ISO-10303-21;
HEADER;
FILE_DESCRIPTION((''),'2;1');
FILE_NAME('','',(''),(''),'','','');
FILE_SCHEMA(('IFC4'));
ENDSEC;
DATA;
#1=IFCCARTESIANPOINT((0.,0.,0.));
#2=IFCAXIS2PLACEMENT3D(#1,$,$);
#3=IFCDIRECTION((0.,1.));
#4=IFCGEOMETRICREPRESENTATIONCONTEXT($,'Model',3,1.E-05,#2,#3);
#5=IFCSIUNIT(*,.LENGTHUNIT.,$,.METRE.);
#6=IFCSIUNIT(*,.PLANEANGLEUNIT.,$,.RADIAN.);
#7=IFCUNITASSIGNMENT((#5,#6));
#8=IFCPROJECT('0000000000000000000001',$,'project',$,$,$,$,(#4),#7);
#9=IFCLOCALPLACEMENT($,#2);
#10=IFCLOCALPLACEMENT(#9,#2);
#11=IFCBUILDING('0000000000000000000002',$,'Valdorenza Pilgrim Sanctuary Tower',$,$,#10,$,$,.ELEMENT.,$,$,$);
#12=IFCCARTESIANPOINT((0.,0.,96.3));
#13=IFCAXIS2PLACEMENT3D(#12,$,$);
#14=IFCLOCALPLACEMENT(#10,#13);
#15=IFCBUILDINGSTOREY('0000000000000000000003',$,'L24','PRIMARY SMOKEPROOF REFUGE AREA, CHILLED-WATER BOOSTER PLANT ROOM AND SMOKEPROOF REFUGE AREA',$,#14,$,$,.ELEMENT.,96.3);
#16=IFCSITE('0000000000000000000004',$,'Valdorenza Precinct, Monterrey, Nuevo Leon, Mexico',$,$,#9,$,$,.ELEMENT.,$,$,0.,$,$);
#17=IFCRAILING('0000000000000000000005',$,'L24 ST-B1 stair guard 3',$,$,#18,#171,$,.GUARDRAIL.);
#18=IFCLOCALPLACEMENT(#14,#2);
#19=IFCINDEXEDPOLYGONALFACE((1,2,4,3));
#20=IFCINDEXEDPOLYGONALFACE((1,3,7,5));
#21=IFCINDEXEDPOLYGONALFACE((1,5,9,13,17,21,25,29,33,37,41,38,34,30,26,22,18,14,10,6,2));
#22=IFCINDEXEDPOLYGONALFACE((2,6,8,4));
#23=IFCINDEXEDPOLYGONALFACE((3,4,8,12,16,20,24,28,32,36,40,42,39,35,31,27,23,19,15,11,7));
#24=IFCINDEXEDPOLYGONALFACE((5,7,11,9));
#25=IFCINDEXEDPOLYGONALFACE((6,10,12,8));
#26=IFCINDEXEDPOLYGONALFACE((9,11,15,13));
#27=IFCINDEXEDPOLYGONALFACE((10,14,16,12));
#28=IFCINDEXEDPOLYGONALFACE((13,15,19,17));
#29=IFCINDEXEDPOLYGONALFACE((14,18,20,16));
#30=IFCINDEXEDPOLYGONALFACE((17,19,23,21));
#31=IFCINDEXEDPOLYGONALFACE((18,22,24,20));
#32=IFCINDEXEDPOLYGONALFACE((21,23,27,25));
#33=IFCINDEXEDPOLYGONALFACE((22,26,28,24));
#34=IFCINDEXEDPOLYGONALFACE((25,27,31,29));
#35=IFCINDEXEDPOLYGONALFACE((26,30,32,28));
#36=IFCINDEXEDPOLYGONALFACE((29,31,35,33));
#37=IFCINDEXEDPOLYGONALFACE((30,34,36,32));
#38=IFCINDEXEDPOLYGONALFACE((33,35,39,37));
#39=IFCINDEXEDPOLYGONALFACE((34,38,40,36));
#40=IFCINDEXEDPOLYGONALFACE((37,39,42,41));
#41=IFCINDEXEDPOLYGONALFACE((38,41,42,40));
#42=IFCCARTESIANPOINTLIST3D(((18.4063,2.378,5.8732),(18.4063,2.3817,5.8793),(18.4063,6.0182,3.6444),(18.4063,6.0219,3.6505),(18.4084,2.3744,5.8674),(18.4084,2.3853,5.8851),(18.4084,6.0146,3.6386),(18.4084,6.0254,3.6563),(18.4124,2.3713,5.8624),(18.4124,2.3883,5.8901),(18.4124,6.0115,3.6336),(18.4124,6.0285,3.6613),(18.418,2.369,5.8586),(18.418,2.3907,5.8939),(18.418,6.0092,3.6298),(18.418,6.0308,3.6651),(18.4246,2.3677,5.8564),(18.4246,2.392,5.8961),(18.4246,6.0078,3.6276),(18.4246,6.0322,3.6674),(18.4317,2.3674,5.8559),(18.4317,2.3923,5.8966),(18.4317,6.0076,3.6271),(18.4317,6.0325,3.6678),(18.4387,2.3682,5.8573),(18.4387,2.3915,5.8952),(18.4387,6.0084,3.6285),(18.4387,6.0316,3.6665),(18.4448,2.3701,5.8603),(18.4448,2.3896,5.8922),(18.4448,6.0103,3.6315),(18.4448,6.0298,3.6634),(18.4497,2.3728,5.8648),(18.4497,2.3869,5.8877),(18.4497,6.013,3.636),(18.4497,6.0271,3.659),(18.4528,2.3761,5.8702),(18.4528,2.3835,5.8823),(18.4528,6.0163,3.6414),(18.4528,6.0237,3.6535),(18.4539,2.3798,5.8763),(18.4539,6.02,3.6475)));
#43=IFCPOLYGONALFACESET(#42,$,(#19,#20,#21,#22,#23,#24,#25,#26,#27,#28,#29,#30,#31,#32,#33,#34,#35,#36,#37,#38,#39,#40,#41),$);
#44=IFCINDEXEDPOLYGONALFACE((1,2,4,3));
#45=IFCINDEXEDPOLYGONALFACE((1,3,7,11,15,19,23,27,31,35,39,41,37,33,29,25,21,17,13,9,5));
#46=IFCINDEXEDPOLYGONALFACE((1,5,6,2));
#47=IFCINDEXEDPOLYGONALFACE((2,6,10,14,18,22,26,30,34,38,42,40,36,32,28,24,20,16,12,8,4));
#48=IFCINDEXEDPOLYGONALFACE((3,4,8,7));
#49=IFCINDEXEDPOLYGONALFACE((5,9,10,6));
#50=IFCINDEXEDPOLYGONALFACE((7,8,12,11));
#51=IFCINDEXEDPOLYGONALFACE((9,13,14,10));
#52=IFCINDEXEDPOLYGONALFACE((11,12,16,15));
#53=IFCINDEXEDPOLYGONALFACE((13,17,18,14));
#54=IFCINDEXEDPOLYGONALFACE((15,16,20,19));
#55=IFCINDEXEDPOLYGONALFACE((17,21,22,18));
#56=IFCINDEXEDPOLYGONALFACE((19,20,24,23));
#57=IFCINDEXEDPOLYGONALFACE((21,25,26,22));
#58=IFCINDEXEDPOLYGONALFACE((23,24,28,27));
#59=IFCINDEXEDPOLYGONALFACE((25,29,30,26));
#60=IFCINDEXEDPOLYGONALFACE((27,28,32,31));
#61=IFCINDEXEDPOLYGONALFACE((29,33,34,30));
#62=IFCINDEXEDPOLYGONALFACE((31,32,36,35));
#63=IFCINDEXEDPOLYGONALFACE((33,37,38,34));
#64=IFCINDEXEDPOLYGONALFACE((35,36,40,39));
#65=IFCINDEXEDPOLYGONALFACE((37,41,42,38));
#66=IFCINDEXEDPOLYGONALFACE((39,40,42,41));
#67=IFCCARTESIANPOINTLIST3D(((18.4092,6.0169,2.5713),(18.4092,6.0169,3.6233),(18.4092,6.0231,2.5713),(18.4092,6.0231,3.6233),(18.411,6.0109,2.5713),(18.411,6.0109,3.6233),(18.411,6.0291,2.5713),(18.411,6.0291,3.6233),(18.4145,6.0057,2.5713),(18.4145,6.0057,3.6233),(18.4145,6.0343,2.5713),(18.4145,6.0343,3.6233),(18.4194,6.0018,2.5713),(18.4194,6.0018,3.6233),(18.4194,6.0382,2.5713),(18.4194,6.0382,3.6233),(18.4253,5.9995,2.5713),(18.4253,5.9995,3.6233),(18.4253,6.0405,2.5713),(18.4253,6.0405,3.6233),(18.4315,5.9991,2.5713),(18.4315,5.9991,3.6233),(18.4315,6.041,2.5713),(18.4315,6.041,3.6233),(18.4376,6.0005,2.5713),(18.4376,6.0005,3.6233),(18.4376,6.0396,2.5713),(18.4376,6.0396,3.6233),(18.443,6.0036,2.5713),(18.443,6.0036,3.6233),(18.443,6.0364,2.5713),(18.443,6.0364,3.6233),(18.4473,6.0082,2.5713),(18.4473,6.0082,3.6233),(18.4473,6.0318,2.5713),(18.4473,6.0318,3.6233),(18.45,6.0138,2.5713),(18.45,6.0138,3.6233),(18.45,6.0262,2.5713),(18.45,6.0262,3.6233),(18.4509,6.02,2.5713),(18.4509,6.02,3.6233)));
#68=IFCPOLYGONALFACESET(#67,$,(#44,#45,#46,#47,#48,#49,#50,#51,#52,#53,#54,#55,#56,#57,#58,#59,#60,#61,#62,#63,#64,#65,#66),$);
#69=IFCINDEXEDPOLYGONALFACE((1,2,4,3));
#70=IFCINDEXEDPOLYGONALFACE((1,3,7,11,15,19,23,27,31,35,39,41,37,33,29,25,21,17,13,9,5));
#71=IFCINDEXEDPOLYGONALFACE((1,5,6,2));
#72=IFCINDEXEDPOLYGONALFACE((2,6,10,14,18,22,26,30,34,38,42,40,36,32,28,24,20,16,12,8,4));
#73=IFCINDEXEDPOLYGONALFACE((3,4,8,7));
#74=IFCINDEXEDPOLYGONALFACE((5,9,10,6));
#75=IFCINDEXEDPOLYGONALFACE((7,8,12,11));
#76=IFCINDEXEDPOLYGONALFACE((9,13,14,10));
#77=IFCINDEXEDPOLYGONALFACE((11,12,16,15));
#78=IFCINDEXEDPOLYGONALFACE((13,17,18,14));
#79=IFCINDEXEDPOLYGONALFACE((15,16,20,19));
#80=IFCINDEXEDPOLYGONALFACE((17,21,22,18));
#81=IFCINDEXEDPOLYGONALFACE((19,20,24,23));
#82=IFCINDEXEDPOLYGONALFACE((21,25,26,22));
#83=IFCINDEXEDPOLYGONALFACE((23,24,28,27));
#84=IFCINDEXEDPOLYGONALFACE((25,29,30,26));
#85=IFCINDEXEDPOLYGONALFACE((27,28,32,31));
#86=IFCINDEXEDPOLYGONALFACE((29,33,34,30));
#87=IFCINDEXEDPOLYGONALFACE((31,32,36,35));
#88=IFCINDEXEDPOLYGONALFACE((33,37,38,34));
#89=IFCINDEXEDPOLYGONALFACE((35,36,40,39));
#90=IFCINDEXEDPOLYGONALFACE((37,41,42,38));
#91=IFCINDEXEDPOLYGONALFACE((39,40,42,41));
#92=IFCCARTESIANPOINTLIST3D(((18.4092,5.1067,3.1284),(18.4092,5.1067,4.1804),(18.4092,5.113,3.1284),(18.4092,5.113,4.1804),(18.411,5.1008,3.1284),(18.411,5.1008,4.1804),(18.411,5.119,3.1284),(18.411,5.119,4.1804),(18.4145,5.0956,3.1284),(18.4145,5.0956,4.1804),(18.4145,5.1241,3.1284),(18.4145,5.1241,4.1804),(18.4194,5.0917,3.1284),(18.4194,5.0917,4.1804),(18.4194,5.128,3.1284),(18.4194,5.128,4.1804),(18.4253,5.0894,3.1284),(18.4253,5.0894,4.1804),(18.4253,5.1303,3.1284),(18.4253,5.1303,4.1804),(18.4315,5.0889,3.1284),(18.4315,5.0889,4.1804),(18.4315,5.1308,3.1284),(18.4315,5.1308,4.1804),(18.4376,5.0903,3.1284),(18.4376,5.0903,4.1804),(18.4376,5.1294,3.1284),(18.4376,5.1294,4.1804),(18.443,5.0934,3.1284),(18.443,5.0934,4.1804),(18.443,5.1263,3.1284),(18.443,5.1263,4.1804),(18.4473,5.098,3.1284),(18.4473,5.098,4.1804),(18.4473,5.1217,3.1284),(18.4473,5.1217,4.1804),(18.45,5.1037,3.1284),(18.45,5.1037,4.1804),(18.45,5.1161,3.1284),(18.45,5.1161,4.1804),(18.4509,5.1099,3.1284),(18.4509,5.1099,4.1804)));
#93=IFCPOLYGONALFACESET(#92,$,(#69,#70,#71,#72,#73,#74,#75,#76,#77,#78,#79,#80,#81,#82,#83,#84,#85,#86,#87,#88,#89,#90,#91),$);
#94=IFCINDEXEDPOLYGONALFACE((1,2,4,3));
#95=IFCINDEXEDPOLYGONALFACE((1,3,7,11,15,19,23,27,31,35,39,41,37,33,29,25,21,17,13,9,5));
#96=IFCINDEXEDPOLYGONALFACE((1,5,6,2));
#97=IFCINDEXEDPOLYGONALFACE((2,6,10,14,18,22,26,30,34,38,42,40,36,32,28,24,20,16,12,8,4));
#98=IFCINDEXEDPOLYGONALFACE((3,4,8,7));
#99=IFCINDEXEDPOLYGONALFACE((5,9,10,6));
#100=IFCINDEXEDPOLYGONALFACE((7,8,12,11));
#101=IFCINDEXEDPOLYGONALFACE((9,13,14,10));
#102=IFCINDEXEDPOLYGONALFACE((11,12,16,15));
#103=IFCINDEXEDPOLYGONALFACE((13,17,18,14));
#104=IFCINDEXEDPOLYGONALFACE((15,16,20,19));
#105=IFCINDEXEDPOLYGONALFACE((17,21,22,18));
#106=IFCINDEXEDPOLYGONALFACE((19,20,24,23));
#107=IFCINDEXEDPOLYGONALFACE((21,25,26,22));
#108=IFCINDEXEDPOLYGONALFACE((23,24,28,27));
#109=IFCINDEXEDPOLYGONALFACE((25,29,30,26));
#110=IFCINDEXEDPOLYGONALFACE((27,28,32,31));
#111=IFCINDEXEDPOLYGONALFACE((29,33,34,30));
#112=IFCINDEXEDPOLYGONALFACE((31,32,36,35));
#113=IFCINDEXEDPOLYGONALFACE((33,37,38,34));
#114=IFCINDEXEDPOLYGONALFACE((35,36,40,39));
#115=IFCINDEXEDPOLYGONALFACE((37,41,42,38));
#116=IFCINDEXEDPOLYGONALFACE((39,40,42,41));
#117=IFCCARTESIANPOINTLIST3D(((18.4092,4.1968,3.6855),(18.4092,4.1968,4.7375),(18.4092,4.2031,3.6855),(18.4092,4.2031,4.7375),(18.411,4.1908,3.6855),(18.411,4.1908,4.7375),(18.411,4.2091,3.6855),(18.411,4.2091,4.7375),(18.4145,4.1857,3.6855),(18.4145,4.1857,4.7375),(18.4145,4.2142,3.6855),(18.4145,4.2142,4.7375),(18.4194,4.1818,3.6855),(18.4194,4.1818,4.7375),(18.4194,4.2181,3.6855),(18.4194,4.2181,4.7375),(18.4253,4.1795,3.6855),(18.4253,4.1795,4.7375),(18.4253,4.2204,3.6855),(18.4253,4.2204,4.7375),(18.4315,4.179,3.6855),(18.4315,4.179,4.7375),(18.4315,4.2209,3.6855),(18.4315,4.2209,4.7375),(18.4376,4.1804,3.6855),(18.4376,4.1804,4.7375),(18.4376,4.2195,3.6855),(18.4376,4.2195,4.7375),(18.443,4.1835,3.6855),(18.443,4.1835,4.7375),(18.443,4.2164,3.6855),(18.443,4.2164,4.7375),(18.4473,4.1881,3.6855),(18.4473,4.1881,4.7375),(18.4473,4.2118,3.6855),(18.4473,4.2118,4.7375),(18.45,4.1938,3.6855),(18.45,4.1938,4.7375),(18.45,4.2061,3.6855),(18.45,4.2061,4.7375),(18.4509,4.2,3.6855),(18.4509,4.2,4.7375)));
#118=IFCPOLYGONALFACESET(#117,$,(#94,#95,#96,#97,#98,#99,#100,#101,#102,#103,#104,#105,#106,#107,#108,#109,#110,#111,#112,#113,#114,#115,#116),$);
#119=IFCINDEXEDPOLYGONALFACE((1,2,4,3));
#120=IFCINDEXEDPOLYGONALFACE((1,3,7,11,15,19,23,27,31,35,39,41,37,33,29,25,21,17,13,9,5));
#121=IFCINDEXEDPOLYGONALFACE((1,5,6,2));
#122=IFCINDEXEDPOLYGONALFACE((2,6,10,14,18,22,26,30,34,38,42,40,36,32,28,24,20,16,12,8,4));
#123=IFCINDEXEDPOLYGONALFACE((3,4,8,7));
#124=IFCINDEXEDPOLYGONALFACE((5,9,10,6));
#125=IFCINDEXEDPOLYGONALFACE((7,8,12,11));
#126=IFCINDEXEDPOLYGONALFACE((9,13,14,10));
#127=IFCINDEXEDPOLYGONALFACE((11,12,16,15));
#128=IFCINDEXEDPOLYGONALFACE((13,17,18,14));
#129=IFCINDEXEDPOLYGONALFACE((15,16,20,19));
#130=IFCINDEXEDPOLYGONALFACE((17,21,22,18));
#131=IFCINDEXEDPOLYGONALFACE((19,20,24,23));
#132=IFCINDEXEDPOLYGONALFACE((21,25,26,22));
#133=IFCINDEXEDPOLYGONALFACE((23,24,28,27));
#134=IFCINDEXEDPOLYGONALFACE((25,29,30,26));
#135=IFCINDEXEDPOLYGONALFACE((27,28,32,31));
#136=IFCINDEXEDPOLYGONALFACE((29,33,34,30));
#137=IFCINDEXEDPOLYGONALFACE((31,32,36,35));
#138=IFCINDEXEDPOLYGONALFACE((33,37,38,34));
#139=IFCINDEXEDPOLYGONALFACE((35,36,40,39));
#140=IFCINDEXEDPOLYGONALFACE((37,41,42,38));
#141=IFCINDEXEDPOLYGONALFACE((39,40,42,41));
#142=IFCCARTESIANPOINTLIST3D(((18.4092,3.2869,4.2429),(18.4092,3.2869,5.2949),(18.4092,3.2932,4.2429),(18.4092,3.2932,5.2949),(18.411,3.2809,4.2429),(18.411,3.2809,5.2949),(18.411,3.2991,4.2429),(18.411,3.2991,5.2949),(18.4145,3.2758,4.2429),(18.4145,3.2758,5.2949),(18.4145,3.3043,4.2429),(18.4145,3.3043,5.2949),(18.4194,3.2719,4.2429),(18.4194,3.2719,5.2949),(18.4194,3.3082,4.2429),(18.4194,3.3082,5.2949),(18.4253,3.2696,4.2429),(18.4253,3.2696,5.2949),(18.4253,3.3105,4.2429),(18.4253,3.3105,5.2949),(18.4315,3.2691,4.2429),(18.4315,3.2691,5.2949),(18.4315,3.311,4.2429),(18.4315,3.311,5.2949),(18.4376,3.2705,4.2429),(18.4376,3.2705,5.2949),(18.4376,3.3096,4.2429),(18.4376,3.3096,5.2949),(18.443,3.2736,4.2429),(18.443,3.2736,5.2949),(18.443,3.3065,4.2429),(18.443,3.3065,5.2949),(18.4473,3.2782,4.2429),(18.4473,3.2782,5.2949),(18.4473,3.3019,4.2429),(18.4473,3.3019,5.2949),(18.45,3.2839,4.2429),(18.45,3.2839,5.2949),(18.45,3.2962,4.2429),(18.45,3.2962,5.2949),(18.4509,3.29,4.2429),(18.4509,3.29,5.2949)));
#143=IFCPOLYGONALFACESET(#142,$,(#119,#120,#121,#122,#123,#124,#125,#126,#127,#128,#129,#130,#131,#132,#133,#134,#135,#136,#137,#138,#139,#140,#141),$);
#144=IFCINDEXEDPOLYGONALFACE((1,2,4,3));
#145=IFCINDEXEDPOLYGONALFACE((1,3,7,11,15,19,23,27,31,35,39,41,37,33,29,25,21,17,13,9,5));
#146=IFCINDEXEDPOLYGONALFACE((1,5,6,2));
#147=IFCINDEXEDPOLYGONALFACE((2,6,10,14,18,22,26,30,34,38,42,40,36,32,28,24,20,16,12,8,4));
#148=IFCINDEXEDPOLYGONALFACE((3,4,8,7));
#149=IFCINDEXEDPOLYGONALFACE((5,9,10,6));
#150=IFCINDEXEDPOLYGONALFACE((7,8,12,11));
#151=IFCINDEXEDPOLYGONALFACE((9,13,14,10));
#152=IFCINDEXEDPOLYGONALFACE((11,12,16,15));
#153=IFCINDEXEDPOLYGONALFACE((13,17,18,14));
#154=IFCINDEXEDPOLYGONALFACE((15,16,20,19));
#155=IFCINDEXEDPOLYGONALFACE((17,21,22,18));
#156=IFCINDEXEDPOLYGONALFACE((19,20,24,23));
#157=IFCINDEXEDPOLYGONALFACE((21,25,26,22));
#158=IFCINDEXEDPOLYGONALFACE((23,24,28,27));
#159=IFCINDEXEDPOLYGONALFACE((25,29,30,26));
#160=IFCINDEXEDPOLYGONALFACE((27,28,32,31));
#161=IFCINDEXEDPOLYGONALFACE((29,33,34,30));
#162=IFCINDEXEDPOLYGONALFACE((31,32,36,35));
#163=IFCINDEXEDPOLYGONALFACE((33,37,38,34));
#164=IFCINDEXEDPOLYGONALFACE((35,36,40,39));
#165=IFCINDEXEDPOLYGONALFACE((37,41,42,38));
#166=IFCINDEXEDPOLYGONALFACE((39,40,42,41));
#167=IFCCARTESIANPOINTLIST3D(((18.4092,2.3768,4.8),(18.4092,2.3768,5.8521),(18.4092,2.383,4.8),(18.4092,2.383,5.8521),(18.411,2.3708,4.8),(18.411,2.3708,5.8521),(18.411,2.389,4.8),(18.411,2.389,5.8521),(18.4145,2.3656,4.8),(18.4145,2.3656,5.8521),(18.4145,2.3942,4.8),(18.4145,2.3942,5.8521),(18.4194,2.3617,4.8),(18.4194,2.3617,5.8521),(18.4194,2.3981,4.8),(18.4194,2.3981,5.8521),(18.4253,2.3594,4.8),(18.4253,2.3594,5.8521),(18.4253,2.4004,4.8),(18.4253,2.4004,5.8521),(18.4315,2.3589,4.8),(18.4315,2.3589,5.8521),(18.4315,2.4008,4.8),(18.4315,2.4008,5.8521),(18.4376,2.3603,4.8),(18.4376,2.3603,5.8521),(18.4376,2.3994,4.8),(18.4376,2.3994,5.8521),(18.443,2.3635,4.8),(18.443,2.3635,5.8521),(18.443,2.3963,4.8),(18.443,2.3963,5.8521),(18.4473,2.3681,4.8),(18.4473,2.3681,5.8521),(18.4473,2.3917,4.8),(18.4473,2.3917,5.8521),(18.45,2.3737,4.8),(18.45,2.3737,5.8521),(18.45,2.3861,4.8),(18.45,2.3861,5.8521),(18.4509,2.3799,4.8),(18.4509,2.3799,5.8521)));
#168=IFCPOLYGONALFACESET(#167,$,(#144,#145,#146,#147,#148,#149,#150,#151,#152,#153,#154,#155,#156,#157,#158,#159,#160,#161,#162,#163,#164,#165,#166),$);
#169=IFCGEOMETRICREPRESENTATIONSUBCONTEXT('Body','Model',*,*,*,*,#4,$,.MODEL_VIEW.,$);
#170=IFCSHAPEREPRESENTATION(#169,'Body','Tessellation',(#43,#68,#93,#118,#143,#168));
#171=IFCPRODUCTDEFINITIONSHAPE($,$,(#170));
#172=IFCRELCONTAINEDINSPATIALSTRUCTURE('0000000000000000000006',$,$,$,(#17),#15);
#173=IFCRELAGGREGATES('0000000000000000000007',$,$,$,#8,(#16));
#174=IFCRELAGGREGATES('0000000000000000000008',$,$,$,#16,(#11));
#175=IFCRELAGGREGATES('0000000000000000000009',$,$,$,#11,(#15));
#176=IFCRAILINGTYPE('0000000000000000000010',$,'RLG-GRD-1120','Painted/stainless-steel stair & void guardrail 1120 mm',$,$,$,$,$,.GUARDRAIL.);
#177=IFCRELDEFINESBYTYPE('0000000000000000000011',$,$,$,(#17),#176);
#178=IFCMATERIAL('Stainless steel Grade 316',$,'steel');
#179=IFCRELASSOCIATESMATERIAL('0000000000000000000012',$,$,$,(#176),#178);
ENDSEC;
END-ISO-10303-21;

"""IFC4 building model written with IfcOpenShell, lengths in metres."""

from ifc_helpers import new_model, si_unit, direction, frame, origin, origin_2d, place, context, subcontext, project, spatial, circle, extrude, material, type_object, element, save


model = new_model("IFC4")

# Units and contexts
model_context = context("Model", 3, precision=1e-05, world=origin(), true_north=direction((0.0, 1.0)))
body_context = subcontext(model_context, "Body", "Model", "MODEL_VIEW")
ifc_project = project(units=[si_unit("LENGTHUNIT", "METRE"), si_unit("PLANEANGLEUNIT", "RADIAN")], contexts=[model_context])

# Site, building, storey
site_placement = place(None, origin())
site = spatial("IfcSite", under=ifc_project, at=site_placement, Name="Valdorenza Precinct, Monterrey, Nuevo Leon, Mexico", CompositionType="ELEMENT", RefElevation=0.0)
building_placement = place(site_placement, origin())
building = spatial("IfcBuilding", under=site, at=building_placement, Name="Valdorenza Pilgrim Sanctuary Tower", CompositionType="ELEMENT")
storey_placement = place(building_placement, frame((0.0, 0.0, 96.3)))
storey = spatial("IfcBuildingStorey", under=building, at=storey_placement, Name="L24", Description="PRIMARY SMOKEPROOF REFUGE AREA, CHILLED-WATER BOOSTER PLANT ROOM AND SMOKEPROOF REFUGE AREA", CompositionType="ELEMENT", Elevation=96.3)

# Railing
ifc_material_1 = material(Name="Stainless steel Grade 316", Category="steel")
railing_type_1 = type_object("IfcRailingType", Name="RLG-GRD-1120", Description="Painted/stainless-steel stair & void guardrail 1120 mm", PredefinedType="GUARDRAIL", material=ifc_material_1)
railing_1_placement = place(storey_placement, frame((18.4299, 6.02, 2.5713)))
element("IfcRailing", 1, at=railing_1_placement, inside=storey, type_object=railing_type_1, Name="L24 ST-B1 stair guard 3", PredefinedType="GUARDRAIL", context=body_context, shape_type="SweptSolid", body=[
    extrude(circle(Radius=0.0239, at=origin_2d()), frame((0.0, 0.0, 1.0762), z_axis=(0.0, -0.85284, 0.522172), x_axis=(1.0, 0.0, 0.0)), (0.0, 0.0, 1.0), 4.2683),
    extrude(circle(Radius=0.021, at=origin_2d()), origin(), (0.0, 0.0, 1.0), 1.052),
    extrude(circle(Radius=0.021, at=origin_2d()), frame((0.0, -0.9102, 0.5571)), (0.0, 0.0, 1.0), 1.052),
    extrude(circle(Radius=0.021, at=origin_2d()), frame((0.0, -1.8201, 1.1143)), (0.0, 0.0, 1.0), 1.052),
    extrude(circle(Radius=0.021, at=origin_2d()), frame((0.0, -2.73, 1.6716)), (0.0, 0.0, 1.0), 1.052),
    extrude(circle(Radius=0.021, at=origin_2d()), frame((0.0, -3.6401, 2.2288)), (0.0, 0.0, 1.0), 1.052),
])

save(model, "model.ifc")
